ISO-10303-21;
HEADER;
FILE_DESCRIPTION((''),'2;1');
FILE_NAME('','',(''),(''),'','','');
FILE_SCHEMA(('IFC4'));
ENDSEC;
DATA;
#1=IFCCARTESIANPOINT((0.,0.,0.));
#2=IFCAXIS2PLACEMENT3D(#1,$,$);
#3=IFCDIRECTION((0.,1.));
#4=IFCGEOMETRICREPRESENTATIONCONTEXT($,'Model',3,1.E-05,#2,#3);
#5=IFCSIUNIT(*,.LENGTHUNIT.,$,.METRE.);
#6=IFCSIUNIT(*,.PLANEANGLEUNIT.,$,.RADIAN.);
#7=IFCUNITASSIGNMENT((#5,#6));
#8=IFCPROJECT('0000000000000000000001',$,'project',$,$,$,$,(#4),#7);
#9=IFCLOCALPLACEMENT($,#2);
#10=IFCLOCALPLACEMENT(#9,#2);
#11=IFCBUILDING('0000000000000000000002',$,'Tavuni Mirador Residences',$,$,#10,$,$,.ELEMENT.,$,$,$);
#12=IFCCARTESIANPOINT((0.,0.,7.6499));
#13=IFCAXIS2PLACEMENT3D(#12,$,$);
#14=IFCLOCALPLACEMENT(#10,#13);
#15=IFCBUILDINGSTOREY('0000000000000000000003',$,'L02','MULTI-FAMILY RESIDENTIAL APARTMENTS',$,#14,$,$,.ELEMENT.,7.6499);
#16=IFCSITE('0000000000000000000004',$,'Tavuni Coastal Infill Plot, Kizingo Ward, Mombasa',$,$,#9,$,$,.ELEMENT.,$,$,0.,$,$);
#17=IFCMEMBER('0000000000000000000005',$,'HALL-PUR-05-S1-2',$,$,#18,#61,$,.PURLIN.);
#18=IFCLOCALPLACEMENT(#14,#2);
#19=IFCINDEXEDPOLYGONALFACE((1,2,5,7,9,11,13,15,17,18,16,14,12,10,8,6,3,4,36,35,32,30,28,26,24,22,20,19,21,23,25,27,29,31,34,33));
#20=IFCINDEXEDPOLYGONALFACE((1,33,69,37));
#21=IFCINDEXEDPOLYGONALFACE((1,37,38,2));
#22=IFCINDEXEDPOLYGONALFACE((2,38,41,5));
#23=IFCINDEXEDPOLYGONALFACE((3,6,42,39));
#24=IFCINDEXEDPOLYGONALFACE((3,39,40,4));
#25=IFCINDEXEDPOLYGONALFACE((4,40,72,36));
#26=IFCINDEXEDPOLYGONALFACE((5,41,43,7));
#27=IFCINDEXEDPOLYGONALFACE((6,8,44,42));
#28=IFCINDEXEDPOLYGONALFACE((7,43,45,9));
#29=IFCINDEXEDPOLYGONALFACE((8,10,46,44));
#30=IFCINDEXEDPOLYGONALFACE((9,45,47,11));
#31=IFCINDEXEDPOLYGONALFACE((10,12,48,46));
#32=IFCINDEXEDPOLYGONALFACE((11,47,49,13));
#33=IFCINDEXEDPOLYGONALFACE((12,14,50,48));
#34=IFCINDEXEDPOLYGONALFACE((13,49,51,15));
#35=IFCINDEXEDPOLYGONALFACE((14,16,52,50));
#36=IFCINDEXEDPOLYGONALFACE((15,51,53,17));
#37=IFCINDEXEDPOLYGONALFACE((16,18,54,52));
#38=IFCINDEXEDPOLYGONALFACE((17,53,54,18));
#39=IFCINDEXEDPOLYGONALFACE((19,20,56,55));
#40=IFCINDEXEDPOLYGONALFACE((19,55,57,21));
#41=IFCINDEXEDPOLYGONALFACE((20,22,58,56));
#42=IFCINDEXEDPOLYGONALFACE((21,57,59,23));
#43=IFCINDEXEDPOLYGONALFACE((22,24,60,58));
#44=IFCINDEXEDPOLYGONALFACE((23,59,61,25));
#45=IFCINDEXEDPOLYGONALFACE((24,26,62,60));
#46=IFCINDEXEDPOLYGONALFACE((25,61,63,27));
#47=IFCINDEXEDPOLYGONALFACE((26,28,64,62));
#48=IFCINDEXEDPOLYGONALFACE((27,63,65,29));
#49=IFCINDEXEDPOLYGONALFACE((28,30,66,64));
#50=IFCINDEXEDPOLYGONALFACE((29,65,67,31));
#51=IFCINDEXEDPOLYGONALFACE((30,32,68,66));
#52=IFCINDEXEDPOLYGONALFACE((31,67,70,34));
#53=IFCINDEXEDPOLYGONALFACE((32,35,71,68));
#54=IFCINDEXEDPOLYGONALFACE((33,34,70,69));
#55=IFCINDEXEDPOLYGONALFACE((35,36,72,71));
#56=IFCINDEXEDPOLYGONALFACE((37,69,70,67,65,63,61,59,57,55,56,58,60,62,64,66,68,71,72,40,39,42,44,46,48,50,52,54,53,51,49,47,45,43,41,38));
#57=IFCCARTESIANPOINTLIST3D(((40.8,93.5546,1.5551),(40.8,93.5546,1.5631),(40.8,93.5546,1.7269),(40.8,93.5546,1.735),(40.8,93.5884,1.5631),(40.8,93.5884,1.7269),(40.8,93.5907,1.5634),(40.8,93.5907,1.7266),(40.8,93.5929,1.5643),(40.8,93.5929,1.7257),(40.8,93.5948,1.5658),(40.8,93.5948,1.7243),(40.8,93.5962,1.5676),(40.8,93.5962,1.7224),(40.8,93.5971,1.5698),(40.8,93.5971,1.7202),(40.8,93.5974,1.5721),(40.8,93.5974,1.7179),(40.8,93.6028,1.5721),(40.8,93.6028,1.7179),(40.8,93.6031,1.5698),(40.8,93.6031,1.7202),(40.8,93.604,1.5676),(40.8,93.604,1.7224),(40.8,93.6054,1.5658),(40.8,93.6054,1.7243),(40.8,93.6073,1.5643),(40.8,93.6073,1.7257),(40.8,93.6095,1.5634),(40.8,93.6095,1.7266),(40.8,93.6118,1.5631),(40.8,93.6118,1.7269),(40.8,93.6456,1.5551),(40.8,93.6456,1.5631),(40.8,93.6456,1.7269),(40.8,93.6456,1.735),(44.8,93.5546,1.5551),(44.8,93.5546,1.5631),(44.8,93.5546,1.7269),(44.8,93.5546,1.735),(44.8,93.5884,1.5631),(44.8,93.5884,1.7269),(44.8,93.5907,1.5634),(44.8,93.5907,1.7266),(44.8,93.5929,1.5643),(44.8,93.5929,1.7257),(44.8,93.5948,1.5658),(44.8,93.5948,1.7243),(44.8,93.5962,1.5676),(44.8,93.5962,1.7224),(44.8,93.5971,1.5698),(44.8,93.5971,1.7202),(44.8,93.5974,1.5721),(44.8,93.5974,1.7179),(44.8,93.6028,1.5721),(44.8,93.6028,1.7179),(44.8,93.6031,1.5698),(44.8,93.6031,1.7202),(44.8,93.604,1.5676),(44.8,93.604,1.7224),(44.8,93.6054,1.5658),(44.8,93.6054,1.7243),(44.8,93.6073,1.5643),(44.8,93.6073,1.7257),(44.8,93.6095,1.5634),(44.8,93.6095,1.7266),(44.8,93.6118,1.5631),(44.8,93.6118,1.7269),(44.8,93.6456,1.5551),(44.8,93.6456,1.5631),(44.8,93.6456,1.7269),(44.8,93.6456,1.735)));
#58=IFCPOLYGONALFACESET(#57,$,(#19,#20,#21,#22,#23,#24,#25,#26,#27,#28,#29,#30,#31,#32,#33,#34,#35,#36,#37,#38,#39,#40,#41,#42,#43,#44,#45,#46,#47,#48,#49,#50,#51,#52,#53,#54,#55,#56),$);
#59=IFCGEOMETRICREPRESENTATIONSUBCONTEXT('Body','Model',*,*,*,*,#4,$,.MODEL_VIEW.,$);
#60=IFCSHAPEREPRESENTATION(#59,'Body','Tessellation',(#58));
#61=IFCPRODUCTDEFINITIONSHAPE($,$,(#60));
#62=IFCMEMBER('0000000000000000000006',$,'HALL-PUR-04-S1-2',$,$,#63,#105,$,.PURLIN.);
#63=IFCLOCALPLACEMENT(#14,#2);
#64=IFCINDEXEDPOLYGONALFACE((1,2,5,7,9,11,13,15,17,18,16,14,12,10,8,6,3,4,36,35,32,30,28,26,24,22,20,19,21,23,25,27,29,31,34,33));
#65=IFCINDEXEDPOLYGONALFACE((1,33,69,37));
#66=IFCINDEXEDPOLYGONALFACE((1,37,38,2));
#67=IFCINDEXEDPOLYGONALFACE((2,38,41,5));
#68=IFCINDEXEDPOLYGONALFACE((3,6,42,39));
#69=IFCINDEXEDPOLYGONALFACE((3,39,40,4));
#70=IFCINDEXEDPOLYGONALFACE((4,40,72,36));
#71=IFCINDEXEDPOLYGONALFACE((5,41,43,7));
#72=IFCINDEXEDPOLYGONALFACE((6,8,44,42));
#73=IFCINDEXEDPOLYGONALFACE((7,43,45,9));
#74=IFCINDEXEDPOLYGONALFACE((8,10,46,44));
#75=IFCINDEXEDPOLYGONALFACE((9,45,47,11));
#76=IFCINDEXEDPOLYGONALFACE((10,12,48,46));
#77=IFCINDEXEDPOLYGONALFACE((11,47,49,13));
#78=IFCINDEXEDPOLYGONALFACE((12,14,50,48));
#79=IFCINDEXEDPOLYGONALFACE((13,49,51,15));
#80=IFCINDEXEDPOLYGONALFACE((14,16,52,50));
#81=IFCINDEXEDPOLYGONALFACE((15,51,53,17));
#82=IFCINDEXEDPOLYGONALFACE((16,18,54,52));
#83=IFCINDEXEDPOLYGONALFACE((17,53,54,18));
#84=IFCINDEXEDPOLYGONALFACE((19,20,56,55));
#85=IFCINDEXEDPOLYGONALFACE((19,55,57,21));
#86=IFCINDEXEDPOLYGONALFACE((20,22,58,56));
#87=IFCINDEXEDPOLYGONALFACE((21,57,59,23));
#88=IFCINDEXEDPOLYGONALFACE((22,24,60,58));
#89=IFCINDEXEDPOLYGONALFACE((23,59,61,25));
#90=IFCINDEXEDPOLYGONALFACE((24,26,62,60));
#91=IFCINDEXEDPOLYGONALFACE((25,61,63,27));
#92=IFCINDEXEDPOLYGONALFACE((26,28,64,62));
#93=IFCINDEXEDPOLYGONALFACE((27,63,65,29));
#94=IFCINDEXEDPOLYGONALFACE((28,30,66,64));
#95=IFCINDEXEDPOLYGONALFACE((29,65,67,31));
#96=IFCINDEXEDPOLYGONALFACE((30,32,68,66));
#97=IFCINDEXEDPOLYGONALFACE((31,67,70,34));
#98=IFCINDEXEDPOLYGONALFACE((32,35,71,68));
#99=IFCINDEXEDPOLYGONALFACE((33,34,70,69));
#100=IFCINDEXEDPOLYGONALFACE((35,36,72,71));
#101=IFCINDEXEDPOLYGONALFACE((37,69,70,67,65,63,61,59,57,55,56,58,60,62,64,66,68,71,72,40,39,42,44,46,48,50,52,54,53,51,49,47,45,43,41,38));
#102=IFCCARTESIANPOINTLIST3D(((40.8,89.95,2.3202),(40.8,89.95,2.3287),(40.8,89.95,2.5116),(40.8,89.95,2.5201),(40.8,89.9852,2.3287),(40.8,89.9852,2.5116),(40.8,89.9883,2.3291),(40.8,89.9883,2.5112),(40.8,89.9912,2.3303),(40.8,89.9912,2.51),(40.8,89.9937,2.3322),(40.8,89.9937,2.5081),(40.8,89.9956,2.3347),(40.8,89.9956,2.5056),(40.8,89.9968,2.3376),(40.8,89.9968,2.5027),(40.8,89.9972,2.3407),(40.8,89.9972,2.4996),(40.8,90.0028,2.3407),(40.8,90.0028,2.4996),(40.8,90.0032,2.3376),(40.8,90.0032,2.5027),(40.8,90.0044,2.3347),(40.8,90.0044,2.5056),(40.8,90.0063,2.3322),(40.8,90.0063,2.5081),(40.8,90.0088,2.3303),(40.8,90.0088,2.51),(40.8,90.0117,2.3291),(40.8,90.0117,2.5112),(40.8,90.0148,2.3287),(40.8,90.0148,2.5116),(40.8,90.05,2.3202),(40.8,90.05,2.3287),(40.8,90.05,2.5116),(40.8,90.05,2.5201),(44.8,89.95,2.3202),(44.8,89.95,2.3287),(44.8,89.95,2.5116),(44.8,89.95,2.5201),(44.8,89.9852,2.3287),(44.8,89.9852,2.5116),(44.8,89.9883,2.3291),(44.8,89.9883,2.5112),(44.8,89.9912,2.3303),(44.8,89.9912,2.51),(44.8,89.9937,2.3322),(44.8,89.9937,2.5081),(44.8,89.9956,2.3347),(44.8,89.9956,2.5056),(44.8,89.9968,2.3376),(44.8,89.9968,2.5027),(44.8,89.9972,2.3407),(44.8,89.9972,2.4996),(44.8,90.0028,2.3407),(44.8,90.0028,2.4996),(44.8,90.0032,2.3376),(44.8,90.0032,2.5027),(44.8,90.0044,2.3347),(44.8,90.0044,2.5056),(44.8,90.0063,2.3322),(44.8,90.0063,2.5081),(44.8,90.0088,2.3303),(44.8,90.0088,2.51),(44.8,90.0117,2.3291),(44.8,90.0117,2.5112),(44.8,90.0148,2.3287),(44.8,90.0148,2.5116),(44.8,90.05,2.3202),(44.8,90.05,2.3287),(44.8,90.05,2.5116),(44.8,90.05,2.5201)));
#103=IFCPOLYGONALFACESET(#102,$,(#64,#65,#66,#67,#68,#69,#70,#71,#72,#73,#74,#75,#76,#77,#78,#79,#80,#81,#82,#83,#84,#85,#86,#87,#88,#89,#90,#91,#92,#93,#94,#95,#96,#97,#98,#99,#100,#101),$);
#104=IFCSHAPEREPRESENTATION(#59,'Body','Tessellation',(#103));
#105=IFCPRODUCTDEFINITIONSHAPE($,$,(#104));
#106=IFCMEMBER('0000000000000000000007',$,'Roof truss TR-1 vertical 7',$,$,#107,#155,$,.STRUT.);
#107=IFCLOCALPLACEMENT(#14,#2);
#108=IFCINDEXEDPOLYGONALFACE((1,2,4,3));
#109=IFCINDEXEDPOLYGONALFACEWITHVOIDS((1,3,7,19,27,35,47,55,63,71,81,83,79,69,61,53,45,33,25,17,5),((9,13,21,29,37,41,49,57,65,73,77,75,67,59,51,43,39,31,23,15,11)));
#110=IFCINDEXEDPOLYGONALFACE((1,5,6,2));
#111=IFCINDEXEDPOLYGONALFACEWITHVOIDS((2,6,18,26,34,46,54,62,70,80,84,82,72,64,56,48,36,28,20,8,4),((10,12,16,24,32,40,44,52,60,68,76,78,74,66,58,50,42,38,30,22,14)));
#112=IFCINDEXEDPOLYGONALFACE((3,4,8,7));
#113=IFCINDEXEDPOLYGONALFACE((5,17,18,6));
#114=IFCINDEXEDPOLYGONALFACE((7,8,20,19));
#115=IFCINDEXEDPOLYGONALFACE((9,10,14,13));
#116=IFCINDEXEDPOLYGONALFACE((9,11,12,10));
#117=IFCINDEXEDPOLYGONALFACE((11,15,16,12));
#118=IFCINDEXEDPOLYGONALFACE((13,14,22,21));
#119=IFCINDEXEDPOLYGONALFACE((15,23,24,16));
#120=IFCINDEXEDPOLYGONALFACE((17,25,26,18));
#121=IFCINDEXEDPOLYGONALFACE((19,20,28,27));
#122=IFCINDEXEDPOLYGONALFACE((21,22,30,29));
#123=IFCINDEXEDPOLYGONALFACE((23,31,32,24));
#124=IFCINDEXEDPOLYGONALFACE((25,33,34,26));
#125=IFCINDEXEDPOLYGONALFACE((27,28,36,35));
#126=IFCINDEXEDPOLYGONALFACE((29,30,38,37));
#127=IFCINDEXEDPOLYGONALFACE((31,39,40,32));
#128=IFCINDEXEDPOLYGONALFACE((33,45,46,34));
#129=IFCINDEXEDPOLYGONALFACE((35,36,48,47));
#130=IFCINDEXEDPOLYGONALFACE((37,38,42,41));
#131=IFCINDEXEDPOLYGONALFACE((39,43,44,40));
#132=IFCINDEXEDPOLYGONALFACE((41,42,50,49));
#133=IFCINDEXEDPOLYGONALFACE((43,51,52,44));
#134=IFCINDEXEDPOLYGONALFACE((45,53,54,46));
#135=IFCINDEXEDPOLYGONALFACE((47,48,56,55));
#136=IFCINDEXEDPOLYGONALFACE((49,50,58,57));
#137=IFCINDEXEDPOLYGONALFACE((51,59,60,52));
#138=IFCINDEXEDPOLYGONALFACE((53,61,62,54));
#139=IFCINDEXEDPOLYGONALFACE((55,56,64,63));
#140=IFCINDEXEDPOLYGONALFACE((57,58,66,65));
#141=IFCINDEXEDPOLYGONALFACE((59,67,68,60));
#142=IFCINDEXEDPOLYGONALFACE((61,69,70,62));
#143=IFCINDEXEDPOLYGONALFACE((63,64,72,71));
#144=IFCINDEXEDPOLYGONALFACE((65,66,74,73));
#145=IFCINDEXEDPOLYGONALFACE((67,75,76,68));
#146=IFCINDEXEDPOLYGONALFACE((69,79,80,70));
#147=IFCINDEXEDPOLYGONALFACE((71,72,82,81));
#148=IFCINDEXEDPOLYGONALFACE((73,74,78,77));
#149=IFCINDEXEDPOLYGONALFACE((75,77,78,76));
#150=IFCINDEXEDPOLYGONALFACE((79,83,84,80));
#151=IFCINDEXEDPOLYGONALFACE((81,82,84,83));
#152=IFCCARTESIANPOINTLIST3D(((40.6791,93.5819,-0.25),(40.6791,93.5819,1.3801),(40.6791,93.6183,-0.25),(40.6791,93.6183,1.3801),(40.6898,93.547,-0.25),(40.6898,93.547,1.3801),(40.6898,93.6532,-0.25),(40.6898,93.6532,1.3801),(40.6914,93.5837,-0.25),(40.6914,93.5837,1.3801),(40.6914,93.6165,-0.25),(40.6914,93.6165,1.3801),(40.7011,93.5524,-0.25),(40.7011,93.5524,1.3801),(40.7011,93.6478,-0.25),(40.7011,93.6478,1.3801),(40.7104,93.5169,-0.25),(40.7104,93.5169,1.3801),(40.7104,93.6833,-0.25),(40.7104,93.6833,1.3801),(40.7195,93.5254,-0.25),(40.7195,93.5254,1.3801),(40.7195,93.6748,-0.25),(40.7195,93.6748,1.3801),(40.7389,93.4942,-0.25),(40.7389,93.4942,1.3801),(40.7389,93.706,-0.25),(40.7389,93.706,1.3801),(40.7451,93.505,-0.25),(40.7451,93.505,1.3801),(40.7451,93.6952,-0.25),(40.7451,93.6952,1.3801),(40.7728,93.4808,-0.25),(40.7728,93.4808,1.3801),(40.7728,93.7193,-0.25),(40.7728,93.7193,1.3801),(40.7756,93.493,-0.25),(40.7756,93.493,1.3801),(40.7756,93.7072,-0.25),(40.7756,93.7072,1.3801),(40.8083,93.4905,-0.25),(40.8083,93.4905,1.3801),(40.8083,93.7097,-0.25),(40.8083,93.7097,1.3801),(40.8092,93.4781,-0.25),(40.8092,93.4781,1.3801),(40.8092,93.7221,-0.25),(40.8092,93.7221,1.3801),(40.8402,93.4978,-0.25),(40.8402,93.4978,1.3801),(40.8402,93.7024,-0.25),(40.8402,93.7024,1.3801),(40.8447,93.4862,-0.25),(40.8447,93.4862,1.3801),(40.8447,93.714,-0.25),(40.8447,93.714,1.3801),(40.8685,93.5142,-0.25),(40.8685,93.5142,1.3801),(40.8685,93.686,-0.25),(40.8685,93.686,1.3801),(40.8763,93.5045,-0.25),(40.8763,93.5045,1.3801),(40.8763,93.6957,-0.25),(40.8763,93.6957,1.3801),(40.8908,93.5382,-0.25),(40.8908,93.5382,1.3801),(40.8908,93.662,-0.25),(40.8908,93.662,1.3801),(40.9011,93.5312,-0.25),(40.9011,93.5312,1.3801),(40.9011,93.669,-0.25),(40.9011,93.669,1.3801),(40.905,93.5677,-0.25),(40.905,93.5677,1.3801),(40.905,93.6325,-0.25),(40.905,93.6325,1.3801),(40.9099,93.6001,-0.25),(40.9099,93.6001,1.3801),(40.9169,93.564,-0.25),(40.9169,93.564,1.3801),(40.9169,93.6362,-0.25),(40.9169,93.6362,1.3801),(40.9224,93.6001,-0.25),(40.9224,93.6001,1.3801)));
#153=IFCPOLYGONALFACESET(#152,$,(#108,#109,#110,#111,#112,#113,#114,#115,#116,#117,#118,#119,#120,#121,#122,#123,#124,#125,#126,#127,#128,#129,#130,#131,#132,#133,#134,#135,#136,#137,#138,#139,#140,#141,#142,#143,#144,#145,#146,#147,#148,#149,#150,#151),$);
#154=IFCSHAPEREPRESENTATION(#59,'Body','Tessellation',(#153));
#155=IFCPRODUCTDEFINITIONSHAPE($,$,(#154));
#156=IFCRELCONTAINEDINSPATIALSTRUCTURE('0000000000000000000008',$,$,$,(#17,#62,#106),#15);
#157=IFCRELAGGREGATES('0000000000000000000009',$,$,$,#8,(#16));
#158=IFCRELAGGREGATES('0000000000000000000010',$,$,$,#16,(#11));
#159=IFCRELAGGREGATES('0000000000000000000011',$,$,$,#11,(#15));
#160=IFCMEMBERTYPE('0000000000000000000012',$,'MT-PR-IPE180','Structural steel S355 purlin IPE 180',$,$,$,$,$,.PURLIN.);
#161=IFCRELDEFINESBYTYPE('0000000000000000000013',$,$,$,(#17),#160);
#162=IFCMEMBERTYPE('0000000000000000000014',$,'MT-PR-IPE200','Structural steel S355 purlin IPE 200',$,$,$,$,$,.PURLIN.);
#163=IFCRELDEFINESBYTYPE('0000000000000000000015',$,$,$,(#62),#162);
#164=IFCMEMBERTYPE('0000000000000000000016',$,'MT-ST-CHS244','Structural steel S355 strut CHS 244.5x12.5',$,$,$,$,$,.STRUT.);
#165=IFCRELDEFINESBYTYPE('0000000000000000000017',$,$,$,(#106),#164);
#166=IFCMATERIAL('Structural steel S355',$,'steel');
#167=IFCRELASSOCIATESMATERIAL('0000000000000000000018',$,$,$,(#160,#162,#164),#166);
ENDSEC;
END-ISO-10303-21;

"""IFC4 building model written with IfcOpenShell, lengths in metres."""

from ifc_helpers import new_model, si_unit, direction, frame, origin, origin_2d, place, context, subcontext, project, spatial, hollow_circle, i_section, extrude, material, material_profile, profile_set, type_object, element, save


model = new_model("IFC4")

# Units and contexts
model_context = context("Model", 3, precision=1e-05, world=origin(), true_north=direction((0.0, 1.0)))
body_context = subcontext(model_context, "Body", "Model", "MODEL_VIEW")
ifc_project = project(units=[si_unit("LENGTHUNIT", "METRE"), si_unit("PLANEANGLEUNIT", "RADIAN")], contexts=[model_context])

# Site, building, storey
site_placement = place(None, origin())
site = spatial("IfcSite", under=ifc_project, at=site_placement, Name="Tavuni Coastal Infill Plot, Kizingo Ward, Mombasa", CompositionType="ELEMENT", RefElevation=0.0)
building_placement = place(site_placement, origin())
building = spatial("IfcBuilding", under=site, at=building_placement, Name="Tavuni Mirador Residences", CompositionType="ELEMENT")
storey_placement = place(building_placement, frame((0.0, 0.0, 7.6499)))
storey = spatial("IfcBuildingStorey", under=building, at=storey_placement, Name="L02", Description="MULTI-FAMILY RESIDENTIAL APARTMENTS", CompositionType="ELEMENT", Elevation=7.6499)

# Members
ifc_material = material(Name="Structural steel S355", Category="steel")
ifc_material_profile_1 = material_profile(ifc_material, i_section(OverallWidth=0.0911, OverallDepth=0.1799, WebThickness=0.0054, FlangeThickness=0.0081, FilletRadius=0.009, at=origin_2d()), Name="IPE 180", Category="steel")
ifc_profile_set_1 = profile_set([ifc_material_profile_1], Name="Structural steel S355")
member_type_1 = type_object("IfcMemberType", Name="MT-PR-IPE180", Description="Structural steel S355 purlin IPE 180", PredefinedType="PURLIN", material=ifc_profile_set_1)
member_1_placement = place(storey_placement, frame((40.8, 93.6001, 1.645), z_axis=(1.0, 0.0, 0.0), x_axis=(0.0, 1.0, 0.0)))
element("IfcMember", 1, at=member_1_placement, inside=storey, type_object=member_type_1, Name="HALL-PUR-05-S1-2", PredefinedType="PURLIN", context=body_context, shape_type="SweptSolid", body=[
    extrude(i_section(OverallWidth=0.0911, OverallDepth=0.1799, WebThickness=0.0054, FlangeThickness=0.0081, FilletRadius=0.009, at=origin_2d()), origin(), (0.0, 0.0, 1.0), 4.0),
])
ifc_material_profile_2 = material_profile(ifc_material, i_section(OverallWidth=0.1001, OverallDepth=0.2, WebThickness=0.0056, FlangeThickness=0.0085, FilletRadius=0.012, at=origin_2d()), Name="IPE 200", Category="steel")
ifc_profile_set_2 = profile_set([ifc_material_profile_2], Name="Structural steel S355")
member_type_2 = type_object("IfcMemberType", Name="MT-PR-IPE200", Description="Structural steel S355 purlin IPE 200", PredefinedType="PURLIN", material=ifc_profile_set_2)
member_2_placement = place(storey_placement, frame((40.8, 90.0, 2.4202), z_axis=(1.0, 0.0, 0.0), x_axis=(0.0, 1.0, 0.0)))
element("IfcMember", 2, at=member_2_placement, inside=storey, type_object=member_type_2, Name="HALL-PUR-04-S1-2", PredefinedType="PURLIN", context=body_context, shape_type="SweptSolid", body=[
    extrude(i_section(OverallWidth=0.1001, OverallDepth=0.2, WebThickness=0.0056, FlangeThickness=0.0085, FilletRadius=0.012, at=origin_2d()), origin(), (0.0, 0.0, 1.0), 4.0),
])
ifc_material_profile_3 = material_profile(ifc_material, hollow_circle(Radius=0.1223, WallThickness=0.0125, at=origin_2d()), Name="CHS 244.5x12.5", Category="steel")
ifc_profile_set_3 = profile_set([ifc_material_profile_3], Name="Structural steel S355")
member_type_3 = type_object("IfcMemberType", Name="MT-ST-CHS244", Description="Structural steel S355 strut CHS 244.5x12.5", PredefinedType="STRUT", material=ifc_profile_set_3)
member_3_placement = place(storey_placement, frame((40.8, 93.6001, -0.25), z_axis=(0.0, 0.0, 1.0), x_axis=(1.0, 0.0, 0.0)))
element("IfcMember", 3, at=member_3_placement, inside=storey, type_object=member_type_3, Name="Roof truss TR-1 vertical 7", PredefinedType="STRUT", context=body_context, shape_type="SweptSolid", body=[
    extrude(hollow_circle(Radius=0.1223, WallThickness=0.0125, at=origin_2d()), origin(), (0.0, 0.0, 1.0), 1.6301),
])

save(model, "model.ifc")
